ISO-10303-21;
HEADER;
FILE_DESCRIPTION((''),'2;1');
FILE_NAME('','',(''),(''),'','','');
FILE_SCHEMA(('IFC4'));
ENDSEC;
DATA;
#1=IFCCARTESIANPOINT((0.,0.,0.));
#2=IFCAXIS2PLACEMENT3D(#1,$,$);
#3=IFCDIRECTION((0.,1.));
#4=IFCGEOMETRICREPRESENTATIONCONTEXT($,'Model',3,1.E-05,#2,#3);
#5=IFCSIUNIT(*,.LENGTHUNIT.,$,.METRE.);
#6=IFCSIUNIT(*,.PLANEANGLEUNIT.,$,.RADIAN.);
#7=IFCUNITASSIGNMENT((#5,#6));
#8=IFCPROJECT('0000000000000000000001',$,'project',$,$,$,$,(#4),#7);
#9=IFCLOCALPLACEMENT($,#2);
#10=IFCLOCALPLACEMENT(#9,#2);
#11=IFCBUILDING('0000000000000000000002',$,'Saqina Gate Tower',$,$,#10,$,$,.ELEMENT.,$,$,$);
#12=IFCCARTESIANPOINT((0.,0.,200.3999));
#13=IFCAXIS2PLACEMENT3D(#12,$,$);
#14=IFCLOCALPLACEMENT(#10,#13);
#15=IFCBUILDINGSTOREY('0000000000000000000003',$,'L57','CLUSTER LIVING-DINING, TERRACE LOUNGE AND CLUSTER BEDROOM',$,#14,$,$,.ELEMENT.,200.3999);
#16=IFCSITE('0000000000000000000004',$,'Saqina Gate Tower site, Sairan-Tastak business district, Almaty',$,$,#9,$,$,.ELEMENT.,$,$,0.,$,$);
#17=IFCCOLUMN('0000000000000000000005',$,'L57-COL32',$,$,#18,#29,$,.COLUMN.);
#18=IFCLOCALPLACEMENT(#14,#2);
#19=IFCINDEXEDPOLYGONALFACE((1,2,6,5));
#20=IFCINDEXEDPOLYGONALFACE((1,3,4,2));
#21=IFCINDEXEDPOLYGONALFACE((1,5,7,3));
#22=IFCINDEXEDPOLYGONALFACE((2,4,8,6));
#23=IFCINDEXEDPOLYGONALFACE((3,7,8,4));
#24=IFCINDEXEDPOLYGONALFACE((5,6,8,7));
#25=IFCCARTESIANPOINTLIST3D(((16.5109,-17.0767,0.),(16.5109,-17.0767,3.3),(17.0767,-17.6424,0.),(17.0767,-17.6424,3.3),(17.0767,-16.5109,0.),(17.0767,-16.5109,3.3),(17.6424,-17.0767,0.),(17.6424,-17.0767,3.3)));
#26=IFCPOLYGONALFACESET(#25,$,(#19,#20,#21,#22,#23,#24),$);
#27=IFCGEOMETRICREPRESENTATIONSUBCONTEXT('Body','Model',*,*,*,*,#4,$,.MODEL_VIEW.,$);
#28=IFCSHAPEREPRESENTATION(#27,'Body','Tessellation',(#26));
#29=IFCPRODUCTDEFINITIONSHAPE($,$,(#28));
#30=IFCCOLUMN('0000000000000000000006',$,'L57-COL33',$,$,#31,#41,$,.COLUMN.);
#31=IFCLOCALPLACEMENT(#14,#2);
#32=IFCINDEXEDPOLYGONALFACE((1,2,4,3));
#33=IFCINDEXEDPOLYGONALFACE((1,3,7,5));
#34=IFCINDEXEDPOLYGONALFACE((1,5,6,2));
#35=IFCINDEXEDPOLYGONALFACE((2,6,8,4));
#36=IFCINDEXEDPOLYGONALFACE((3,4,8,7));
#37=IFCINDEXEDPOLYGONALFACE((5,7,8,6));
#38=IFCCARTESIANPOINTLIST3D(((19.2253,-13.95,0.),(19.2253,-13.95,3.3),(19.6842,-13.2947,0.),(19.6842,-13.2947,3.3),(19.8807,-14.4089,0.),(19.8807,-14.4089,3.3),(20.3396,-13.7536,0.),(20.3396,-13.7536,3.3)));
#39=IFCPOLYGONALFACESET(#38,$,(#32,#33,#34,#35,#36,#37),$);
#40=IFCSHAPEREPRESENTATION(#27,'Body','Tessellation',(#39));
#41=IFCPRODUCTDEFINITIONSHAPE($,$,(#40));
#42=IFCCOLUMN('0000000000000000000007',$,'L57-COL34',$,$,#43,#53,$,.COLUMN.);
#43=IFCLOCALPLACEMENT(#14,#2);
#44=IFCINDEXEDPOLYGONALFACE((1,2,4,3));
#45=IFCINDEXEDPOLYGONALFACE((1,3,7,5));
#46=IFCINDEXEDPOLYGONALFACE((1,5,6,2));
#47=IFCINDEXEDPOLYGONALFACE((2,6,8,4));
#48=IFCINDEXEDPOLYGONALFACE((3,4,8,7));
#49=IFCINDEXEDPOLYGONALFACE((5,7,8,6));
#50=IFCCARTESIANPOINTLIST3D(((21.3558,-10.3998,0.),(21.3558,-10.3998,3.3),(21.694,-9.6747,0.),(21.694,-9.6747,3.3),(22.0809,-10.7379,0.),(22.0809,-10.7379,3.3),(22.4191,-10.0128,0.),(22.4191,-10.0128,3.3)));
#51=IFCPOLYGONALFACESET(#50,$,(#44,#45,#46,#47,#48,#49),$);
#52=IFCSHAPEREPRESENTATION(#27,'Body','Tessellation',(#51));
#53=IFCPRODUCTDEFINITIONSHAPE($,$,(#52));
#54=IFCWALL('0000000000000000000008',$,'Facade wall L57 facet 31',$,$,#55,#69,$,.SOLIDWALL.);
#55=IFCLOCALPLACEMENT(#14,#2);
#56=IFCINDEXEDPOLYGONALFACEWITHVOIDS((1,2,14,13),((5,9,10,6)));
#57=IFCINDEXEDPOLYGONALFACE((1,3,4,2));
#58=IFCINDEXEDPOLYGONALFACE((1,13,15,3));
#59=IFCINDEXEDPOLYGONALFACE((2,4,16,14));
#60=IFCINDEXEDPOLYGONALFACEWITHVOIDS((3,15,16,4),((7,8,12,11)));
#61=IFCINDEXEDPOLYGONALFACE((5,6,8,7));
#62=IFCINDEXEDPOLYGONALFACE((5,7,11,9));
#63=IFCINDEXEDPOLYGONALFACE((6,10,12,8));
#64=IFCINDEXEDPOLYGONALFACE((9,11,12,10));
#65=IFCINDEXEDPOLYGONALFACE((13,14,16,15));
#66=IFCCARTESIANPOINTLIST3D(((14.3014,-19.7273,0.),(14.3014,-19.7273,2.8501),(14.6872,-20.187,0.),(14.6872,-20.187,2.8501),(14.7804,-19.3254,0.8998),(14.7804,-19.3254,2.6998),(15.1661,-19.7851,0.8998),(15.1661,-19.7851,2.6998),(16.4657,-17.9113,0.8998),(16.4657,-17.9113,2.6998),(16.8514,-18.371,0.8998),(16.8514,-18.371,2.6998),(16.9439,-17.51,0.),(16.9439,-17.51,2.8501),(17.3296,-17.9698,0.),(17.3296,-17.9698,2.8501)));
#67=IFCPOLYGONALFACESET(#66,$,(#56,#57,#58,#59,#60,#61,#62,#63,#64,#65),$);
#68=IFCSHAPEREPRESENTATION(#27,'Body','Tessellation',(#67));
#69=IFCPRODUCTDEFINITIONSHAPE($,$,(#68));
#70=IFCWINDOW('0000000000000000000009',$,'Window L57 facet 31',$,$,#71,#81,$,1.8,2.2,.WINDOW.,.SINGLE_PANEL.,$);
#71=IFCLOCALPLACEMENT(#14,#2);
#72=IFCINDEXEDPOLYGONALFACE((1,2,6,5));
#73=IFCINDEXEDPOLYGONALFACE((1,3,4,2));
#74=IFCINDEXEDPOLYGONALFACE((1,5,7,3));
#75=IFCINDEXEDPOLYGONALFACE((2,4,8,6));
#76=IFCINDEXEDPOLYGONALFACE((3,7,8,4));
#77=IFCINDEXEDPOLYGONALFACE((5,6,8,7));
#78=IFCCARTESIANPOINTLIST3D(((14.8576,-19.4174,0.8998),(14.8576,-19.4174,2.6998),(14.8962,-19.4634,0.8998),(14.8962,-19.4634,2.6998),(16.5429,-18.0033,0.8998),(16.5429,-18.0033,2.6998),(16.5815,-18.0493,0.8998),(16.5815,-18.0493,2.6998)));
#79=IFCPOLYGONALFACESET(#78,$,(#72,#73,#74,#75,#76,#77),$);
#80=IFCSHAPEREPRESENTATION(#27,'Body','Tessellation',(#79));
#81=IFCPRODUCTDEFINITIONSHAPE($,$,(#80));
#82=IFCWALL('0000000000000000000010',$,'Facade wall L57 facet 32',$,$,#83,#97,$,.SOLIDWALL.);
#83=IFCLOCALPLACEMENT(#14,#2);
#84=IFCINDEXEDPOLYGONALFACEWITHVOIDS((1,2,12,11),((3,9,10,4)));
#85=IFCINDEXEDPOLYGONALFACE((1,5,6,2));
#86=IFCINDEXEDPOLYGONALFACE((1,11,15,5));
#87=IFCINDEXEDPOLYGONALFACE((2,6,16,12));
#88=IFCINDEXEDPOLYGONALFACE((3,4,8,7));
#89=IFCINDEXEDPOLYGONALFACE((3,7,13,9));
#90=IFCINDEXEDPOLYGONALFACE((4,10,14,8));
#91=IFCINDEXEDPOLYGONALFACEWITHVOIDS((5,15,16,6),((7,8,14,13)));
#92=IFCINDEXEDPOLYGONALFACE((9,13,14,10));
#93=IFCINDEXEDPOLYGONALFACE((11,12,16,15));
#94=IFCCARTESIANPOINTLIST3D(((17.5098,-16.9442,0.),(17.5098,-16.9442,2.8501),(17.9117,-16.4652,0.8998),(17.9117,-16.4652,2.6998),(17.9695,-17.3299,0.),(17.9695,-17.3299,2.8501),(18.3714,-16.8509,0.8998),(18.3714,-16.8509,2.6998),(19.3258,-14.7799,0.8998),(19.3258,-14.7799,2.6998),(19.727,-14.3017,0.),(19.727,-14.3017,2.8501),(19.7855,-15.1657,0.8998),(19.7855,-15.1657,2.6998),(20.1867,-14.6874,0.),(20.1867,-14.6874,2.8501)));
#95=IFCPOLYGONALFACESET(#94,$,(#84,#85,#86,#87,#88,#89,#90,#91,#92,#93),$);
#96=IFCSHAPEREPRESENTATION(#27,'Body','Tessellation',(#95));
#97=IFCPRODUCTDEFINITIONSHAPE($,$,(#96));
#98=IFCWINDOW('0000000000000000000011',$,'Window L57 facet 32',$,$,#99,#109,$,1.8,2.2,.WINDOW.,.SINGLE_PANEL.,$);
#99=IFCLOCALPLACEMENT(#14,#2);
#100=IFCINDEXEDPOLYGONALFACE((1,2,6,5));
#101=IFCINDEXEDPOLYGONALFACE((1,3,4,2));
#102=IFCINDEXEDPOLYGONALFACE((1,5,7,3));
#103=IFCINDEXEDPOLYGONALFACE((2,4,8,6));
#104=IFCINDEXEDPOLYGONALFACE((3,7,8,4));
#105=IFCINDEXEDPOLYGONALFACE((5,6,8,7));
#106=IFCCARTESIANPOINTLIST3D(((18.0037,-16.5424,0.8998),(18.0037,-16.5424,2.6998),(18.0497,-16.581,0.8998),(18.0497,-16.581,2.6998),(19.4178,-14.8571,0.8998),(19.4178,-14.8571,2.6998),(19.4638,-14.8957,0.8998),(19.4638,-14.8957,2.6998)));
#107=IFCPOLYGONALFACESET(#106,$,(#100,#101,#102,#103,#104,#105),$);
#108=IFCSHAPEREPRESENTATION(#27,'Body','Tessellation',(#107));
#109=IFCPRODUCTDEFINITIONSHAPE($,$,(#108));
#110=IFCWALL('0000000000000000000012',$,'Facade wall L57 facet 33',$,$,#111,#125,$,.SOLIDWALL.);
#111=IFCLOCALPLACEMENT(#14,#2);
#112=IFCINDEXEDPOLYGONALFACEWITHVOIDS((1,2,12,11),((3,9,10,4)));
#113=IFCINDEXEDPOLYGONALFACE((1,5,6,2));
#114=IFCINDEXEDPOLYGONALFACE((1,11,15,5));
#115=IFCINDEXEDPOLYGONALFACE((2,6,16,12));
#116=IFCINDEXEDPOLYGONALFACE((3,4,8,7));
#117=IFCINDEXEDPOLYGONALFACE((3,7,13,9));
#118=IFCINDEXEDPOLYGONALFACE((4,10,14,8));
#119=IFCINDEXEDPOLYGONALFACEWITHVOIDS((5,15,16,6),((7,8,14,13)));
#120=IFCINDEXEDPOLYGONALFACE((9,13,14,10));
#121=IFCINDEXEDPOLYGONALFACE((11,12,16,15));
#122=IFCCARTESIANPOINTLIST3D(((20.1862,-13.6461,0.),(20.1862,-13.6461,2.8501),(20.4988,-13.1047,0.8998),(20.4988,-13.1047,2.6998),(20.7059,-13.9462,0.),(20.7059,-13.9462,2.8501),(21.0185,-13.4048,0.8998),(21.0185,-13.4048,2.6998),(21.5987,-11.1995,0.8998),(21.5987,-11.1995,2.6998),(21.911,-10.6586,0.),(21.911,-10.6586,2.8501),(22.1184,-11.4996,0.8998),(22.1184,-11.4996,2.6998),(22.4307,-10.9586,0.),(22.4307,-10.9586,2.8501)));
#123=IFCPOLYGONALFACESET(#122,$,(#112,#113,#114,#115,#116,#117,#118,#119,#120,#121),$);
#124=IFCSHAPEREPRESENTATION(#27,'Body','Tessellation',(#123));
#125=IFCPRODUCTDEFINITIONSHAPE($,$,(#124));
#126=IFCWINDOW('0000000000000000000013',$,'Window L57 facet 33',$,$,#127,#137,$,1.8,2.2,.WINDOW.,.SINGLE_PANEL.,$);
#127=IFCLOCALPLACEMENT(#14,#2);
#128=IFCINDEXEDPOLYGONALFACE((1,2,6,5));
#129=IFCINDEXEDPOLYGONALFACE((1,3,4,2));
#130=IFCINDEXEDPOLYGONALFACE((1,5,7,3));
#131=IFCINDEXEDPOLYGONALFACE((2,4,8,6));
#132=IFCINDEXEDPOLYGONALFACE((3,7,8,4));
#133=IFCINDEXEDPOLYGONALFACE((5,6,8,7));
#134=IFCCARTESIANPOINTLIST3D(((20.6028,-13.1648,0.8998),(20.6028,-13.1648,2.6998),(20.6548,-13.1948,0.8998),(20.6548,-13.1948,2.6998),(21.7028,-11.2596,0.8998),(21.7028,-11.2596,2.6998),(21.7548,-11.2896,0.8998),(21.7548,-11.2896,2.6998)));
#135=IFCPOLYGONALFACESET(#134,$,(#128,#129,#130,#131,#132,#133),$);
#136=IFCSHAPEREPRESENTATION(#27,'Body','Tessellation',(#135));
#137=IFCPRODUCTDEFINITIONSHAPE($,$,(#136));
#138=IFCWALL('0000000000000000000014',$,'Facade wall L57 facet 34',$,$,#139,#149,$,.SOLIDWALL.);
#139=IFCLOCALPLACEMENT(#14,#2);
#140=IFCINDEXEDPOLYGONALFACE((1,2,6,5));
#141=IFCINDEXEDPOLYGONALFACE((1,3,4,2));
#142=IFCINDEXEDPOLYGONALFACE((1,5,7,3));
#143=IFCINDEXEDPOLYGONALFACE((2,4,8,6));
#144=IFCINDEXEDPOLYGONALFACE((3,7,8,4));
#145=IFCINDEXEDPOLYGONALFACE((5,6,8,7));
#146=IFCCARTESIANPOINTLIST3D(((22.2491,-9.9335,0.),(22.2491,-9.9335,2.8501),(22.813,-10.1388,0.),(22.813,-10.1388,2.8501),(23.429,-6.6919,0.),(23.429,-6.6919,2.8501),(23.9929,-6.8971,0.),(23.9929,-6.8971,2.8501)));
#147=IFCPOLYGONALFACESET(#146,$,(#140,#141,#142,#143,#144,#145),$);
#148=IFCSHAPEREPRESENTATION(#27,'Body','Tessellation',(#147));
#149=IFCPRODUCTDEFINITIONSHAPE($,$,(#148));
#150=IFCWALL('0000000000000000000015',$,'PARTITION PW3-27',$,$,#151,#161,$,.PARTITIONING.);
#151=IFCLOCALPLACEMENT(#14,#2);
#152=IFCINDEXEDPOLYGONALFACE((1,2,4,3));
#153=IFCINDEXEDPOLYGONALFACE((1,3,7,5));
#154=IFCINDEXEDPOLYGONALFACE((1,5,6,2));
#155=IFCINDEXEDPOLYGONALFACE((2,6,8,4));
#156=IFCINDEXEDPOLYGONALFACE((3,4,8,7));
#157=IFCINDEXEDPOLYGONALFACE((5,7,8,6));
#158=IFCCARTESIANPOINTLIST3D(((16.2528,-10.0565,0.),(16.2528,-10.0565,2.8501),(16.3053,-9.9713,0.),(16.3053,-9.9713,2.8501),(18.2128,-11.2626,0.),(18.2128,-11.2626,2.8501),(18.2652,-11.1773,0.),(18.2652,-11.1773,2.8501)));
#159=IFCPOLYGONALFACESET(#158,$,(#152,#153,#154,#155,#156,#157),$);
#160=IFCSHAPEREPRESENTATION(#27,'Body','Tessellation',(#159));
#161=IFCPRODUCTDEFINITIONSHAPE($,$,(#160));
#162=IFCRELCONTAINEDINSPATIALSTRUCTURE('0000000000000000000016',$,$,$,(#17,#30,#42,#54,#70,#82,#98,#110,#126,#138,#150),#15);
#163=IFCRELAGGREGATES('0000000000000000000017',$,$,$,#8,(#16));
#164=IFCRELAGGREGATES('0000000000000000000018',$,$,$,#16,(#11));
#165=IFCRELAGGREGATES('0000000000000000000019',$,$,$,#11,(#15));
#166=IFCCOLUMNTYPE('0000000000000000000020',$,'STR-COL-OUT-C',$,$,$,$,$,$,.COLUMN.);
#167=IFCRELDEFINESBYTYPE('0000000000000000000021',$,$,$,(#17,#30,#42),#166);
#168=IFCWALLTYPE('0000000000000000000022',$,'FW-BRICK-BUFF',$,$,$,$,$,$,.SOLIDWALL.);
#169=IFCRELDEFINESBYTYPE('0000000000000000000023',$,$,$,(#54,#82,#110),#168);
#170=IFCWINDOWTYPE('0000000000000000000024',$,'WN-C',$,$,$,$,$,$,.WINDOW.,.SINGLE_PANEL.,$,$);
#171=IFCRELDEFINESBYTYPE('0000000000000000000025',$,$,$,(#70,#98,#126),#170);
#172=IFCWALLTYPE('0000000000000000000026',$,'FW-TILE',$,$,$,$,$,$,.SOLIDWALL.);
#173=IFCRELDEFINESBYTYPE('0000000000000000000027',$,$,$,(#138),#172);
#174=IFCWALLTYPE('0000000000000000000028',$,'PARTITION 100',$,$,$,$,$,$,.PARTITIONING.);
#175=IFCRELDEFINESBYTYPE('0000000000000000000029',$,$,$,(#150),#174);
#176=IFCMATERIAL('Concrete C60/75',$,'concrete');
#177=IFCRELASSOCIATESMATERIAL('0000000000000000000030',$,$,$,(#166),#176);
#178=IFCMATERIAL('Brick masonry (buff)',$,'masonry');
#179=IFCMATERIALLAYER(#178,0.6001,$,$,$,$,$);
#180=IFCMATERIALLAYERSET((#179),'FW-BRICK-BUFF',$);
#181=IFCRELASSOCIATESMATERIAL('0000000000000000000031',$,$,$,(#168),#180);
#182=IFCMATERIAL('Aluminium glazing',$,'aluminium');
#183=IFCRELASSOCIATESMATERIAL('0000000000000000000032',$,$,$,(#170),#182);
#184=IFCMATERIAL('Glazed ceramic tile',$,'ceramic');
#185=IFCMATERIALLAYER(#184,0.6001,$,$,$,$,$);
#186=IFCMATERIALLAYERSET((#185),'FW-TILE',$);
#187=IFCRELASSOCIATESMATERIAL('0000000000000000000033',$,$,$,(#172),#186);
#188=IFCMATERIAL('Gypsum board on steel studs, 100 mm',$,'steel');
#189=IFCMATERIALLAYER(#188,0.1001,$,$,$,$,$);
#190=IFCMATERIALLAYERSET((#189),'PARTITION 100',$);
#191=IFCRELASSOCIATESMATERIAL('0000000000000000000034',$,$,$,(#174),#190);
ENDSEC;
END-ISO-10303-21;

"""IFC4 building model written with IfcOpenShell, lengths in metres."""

from ifc_helpers import new_model, si_unit, direction, frame, frame_2d, origin, origin_2d, place, context, subcontext, project, spatial, rectangle, extrude, material, layer, layer_set, material_profile, profile_set, type_object, element, fill, save


model = new_model("IFC4")

# Units and contexts
model_context = context("Model", 3, precision=1e-05, world=origin(), true_north=direction((0.0, 1.0)))
body_context = subcontext(model_context, "Body", "Model", "MODEL_VIEW")
ifc_project = project(units=[si_unit("LENGTHUNIT", "METRE"), si_unit("PLANEANGLEUNIT", "RADIAN")], contexts=[model_context])

# Site, building, storey
site_placement = place(None, origin())
site = spatial("IfcSite", under=ifc_project, at=site_placement, Name="Saqina Gate Tower site, Sairan-Tastak business district, Almaty", CompositionType="ELEMENT", RefElevation=0.0)
building_placement = place(site_placement, origin())
building = spatial("IfcBuilding", under=site, at=building_placement, Name="Saqina Gate Tower", CompositionType="ELEMENT")
storey_placement = place(building_placement, frame((0.0, 0.0, 200.3999)))
storey = spatial("IfcBuildingStorey", under=building, at=storey_placement, Name="L57", Description="CLUSTER LIVING-DINING, TERRACE LOUNGE AND CLUSTER BEDROOM", CompositionType="ELEMENT", Elevation=200.3999)

# Columns
ifc_material_1 = material(Name="Concrete C60/75", Category="concrete")
ifc_material_profile = material_profile(ifc_material_1, rectangle(XDim=0.8, YDim=0.8, at=origin_2d()), Name="RC 800x800")
ifc_profile_set = profile_set([ifc_material_profile], Name="Concrete C60/75")
column_type = type_object("IfcColumnType", Name="STR-COL-OUT-C", PredefinedType="COLUMN", material=ifc_profile_set)
for number, where, z_axis, x_axis, name in (
    (1, (17.0767, -17.0767, 0.0), (0.0, 0.0, 1.0), (0.707107, -0.707107, 0.0), "L57-COL32"),
    (2, (19.7825, -13.8518, 0.0), (0.0, 0.0, 1.0), (0.819152, -0.573576, 0.0), "L57-COL33"),
    (3, (21.8875, -10.2063, 0.0), (0.0, 0.0, 1.0), (0.906308, -0.422618, 0.0), "L57-COL34"),
):
    element("IfcColumn", number, at=place(storey_placement, frame(where, z_axis=z_axis, x_axis=x_axis)), inside=storey, type_object=column_type, Name=name, PredefinedType="COLUMN", context=body_context, shape_type="SweptSolid", body=[
        extrude(rectangle(XDim=0.8, YDim=0.8, at=origin_2d()), origin(), (0.0, 0.0, 1.0), 3.3),
    ])

# Walls, openings, windows
ifc_material_2 = material(Name="Brick masonry (buff)", Category="masonry")
ifc_layer_1 = layer(ifc_material_2, 0.6001)
ifc_layer_set_1 = layer_set([ifc_layer_1], Name="FW-BRICK-BUFF")
wall_type_1 = type_object("IfcWallType", Name="FW-BRICK-BUFF", PredefinedType="SOLIDWALL", material=ifc_layer_set_1)
wall_1_placement = place(storey_placement, frame((14.4944, -19.957, 0.0), z_axis=(0.0, 0.0, 1.0), x_axis=(0.766059, 0.64277, 0.0)))
wall_1 = element("IfcWall", 4, at=wall_1_placement, inside=storey, type_object=wall_type_1, Name="Facade wall L57 facet 31", PredefinedType="SOLIDWALL", context=body_context, shape_type="SweptSolid", body=[
    extrude(rectangle(XDim=3.4495, YDim=0.6001, at=frame_2d((1.7246, 0.0))), origin(), (0.0, 0.0, 1.0), 2.8501),
])
opening_1_placement = place(wall_1_placement, frame((0.625, 0.0, 0.8999)))
opening_1 = element("IfcOpeningElement", 5, at=opening_1_placement, cuts=wall_1, PredefinedType="OPENING", context=body_context, shape_type="SweptSolid", body=[
    extrude(rectangle(XDim=2.2, YDim=1.8, at=frame_2d((1.1001, 0.8999))), frame((0.0, 0.312, 0.0), z_axis=(0.0, -1.0, 0.0), x_axis=(1.0, 0.0, 0.0)), (0.0, 0.0, 1.0), 0.624),
])
ifc_material_3 = material(Name="Aluminium glazing", Category="aluminium")
window_type = type_object("IfcWindowType", Name="WN-C", PartitioningType="SINGLE_PANEL", PredefinedType="WINDOW", material=ifc_material_3)
window_1_placement = place(opening_1_placement, origin())
window_1 = element("IfcWindow", 6, at=window_1_placement, inside=storey, type_object=window_type, Name="Window L57 facet 31", OverallHeight=1.8, OverallWidth=2.2, PartitioningType="SINGLE_PANEL", PredefinedType="WINDOW", context=body_context, shape_type="SweptSolid", body=[
    extrude(rectangle(XDim=2.2, YDim=1.8, at=frame_2d((1.1001, 0.8999))), frame((0.0, 0.1799, 0.0), z_axis=(0.0, -1.0, 0.0), x_axis=(1.0, 0.0, 0.0)), (0.0, 0.0, 1.0), 0.0601),
])
fill(opening_1, window_1)
wall_2_placement = place(storey_placement, frame((17.7397, -17.137, 0.0), z_axis=(0.0, 0.0, 1.0), x_axis=(0.64277, 0.766059, 0.0)))
wall_2 = element("IfcWall", 7, at=wall_2_placement, inside=storey, type_object=wall_type_1, Name="Facade wall L57 facet 32", PredefinedType="SOLIDWALL", context=body_context, shape_type="SweptSolid", body=[
    extrude(rectangle(XDim=3.4495, YDim=0.6001, at=frame_2d((1.7246, 0.0))), origin(), (0.0, 0.0, 1.0), 2.8501),
])
opening_2_placement = place(wall_2_placement, frame((0.625, 0.0, 0.8999)))
opening_2 = element("IfcOpeningElement", 8, at=opening_2_placement, cuts=wall_2, PredefinedType="OPENING", context=body_context, shape_type="SweptSolid", body=[
    extrude(rectangle(XDim=2.2, YDim=1.8, at=frame_2d((1.1001, 0.8999))), frame((0.0, 0.312, 0.0), z_axis=(0.0, -1.0, 0.0), x_axis=(1.0, 0.0, 0.0)), (0.0, 0.0, 1.0), 0.624),
])
window_2_placement = place(opening_2_placement, origin())
window_2 = element("IfcWindow", 9, at=window_2_placement, inside=storey, type_object=window_type, Name="Window L57 facet 32", OverallHeight=1.8, OverallWidth=2.2, PartitioningType="SINGLE_PANEL", PredefinedType="WINDOW", context=body_context, shape_type="SweptSolid", body=[
    extrude(rectangle(XDim=2.2, YDim=1.8, at=frame_2d((1.1001, 0.8999))), frame((0.0, 0.1799, 0.0), z_axis=(0.0, -1.0, 0.0), x_axis=(1.0, 0.0, 0.0)), (0.0, 0.0, 1.0), 0.0601),
])
fill(opening_2, window_2)
wall_3_placement = place(storey_placement, frame((20.446, -13.7961, 0.0), z_axis=(0.0, 0.0, 1.0), x_axis=(0.499998, 0.866026, 0.0)))
wall_3 = element("IfcWall", 10, at=wall_3_placement, inside=storey, type_object=wall_type_1, Name="Facade wall L57 facet 33", PredefinedType="SOLIDWALL", context=body_context, shape_type="SweptSolid", body=[
    extrude(rectangle(XDim=3.4497, YDim=0.6001, at=frame_2d((1.7249, 0.0))), origin(), (0.0, 0.0, 1.0), 2.8501),
])
opening_3_placement = place(wall_3_placement, frame((0.625, 0.0, 0.8999)))
opening_3 = element("IfcOpeningElement", 11, at=opening_3_placement, cuts=wall_3, PredefinedType="OPENING", context=body_context, shape_type="SweptSolid", body=[
    extrude(rectangle(XDim=2.2, YDim=1.8, at=frame_2d((1.1001, 0.8999))), frame((0.0, 0.312, 0.0), z_axis=(0.0, -1.0, 0.0), x_axis=(1.0, 0.0, 0.0)), (0.0, 0.0, 1.0), 0.624),
])
window_3_placement = place(opening_3_placement, origin())
window_3 = element("IfcWindow", 12, at=window_3_placement, inside=storey, type_object=window_type, Name="Window L57 facet 33", OverallHeight=1.8, OverallWidth=2.2, PartitioningType="SINGLE_PANEL", PredefinedType="WINDOW", context=body_context, shape_type="SweptSolid", body=[
    extrude(rectangle(XDim=2.2, YDim=1.8, at=frame_2d((1.1001, 0.8999))), frame((0.0, 0.1799, 0.0), z_axis=(0.0, -1.0, 0.0), x_axis=(1.0, 0.0, 0.0)), (0.0, 0.0, 1.0), 0.0601),
])
fill(opening_3, window_3)

# Walls
ifc_material_4 = material(Name="Glazed ceramic tile", Category="ceramic")
ifc_layer_2 = layer(ifc_material_4, 0.6001)
ifc_layer_set_2 = layer_set([ifc_layer_2], Name="FW-TILE")
wall_type_2 = type_object("IfcWallType", Name="FW-TILE", PredefinedType="SOLIDWALL", material=ifc_layer_set_2)
wall_4_placement = place(storey_placement, frame((22.531, -10.0361, 0.0), z_axis=(0.0, 0.0, 1.0), x_axis=(0.342033, 0.939688, 0.0)))
element("IfcWall", 13, at=wall_4_placement, inside=storey, type_object=wall_type_2, Name="Facade wall L57 facet 34", PredefinedType="SOLIDWALL", context=body_context, shape_type="SweptSolid", body=[
    extrude(rectangle(XDim=3.4497, YDim=0.6001, at=frame_2d((1.7249, 0.0))), origin(), (0.0, 0.0, 1.0), 2.8501),
])
ifc_material_5 = material(Name="Gypsum board on steel studs, 100 mm", Category="steel")
ifc_layer_3 = layer(ifc_material_5, 0.1001)
ifc_layer_set_3 = layer_set([ifc_layer_3], Name="PARTITION 100")
wall_type_3 = type_object("IfcWallType", Name="PARTITION 100", PredefinedType="PARTITIONING", material=ifc_layer_set_3)
wall_5_placement = place(storey_placement, frame((16.2791, -10.0139, 0.0), z_axis=(0.0, 0.0, 1.0), x_axis=(0.851673, -0.524074, 0.0)))
element("IfcWall", 14, at=wall_5_placement, inside=storey, type_object=wall_type_3, Name="PARTITION PW3-27", PredefinedType="PARTITIONING", context=body_context, shape_type="SweptSolid", body=[
    extrude(rectangle(XDim=2.3013, YDim=0.1001, at=frame_2d((1.1506, 0.0))), origin(), (0.0, 0.0, 1.0), 2.8501),
])

save(model, "model.ifc")
